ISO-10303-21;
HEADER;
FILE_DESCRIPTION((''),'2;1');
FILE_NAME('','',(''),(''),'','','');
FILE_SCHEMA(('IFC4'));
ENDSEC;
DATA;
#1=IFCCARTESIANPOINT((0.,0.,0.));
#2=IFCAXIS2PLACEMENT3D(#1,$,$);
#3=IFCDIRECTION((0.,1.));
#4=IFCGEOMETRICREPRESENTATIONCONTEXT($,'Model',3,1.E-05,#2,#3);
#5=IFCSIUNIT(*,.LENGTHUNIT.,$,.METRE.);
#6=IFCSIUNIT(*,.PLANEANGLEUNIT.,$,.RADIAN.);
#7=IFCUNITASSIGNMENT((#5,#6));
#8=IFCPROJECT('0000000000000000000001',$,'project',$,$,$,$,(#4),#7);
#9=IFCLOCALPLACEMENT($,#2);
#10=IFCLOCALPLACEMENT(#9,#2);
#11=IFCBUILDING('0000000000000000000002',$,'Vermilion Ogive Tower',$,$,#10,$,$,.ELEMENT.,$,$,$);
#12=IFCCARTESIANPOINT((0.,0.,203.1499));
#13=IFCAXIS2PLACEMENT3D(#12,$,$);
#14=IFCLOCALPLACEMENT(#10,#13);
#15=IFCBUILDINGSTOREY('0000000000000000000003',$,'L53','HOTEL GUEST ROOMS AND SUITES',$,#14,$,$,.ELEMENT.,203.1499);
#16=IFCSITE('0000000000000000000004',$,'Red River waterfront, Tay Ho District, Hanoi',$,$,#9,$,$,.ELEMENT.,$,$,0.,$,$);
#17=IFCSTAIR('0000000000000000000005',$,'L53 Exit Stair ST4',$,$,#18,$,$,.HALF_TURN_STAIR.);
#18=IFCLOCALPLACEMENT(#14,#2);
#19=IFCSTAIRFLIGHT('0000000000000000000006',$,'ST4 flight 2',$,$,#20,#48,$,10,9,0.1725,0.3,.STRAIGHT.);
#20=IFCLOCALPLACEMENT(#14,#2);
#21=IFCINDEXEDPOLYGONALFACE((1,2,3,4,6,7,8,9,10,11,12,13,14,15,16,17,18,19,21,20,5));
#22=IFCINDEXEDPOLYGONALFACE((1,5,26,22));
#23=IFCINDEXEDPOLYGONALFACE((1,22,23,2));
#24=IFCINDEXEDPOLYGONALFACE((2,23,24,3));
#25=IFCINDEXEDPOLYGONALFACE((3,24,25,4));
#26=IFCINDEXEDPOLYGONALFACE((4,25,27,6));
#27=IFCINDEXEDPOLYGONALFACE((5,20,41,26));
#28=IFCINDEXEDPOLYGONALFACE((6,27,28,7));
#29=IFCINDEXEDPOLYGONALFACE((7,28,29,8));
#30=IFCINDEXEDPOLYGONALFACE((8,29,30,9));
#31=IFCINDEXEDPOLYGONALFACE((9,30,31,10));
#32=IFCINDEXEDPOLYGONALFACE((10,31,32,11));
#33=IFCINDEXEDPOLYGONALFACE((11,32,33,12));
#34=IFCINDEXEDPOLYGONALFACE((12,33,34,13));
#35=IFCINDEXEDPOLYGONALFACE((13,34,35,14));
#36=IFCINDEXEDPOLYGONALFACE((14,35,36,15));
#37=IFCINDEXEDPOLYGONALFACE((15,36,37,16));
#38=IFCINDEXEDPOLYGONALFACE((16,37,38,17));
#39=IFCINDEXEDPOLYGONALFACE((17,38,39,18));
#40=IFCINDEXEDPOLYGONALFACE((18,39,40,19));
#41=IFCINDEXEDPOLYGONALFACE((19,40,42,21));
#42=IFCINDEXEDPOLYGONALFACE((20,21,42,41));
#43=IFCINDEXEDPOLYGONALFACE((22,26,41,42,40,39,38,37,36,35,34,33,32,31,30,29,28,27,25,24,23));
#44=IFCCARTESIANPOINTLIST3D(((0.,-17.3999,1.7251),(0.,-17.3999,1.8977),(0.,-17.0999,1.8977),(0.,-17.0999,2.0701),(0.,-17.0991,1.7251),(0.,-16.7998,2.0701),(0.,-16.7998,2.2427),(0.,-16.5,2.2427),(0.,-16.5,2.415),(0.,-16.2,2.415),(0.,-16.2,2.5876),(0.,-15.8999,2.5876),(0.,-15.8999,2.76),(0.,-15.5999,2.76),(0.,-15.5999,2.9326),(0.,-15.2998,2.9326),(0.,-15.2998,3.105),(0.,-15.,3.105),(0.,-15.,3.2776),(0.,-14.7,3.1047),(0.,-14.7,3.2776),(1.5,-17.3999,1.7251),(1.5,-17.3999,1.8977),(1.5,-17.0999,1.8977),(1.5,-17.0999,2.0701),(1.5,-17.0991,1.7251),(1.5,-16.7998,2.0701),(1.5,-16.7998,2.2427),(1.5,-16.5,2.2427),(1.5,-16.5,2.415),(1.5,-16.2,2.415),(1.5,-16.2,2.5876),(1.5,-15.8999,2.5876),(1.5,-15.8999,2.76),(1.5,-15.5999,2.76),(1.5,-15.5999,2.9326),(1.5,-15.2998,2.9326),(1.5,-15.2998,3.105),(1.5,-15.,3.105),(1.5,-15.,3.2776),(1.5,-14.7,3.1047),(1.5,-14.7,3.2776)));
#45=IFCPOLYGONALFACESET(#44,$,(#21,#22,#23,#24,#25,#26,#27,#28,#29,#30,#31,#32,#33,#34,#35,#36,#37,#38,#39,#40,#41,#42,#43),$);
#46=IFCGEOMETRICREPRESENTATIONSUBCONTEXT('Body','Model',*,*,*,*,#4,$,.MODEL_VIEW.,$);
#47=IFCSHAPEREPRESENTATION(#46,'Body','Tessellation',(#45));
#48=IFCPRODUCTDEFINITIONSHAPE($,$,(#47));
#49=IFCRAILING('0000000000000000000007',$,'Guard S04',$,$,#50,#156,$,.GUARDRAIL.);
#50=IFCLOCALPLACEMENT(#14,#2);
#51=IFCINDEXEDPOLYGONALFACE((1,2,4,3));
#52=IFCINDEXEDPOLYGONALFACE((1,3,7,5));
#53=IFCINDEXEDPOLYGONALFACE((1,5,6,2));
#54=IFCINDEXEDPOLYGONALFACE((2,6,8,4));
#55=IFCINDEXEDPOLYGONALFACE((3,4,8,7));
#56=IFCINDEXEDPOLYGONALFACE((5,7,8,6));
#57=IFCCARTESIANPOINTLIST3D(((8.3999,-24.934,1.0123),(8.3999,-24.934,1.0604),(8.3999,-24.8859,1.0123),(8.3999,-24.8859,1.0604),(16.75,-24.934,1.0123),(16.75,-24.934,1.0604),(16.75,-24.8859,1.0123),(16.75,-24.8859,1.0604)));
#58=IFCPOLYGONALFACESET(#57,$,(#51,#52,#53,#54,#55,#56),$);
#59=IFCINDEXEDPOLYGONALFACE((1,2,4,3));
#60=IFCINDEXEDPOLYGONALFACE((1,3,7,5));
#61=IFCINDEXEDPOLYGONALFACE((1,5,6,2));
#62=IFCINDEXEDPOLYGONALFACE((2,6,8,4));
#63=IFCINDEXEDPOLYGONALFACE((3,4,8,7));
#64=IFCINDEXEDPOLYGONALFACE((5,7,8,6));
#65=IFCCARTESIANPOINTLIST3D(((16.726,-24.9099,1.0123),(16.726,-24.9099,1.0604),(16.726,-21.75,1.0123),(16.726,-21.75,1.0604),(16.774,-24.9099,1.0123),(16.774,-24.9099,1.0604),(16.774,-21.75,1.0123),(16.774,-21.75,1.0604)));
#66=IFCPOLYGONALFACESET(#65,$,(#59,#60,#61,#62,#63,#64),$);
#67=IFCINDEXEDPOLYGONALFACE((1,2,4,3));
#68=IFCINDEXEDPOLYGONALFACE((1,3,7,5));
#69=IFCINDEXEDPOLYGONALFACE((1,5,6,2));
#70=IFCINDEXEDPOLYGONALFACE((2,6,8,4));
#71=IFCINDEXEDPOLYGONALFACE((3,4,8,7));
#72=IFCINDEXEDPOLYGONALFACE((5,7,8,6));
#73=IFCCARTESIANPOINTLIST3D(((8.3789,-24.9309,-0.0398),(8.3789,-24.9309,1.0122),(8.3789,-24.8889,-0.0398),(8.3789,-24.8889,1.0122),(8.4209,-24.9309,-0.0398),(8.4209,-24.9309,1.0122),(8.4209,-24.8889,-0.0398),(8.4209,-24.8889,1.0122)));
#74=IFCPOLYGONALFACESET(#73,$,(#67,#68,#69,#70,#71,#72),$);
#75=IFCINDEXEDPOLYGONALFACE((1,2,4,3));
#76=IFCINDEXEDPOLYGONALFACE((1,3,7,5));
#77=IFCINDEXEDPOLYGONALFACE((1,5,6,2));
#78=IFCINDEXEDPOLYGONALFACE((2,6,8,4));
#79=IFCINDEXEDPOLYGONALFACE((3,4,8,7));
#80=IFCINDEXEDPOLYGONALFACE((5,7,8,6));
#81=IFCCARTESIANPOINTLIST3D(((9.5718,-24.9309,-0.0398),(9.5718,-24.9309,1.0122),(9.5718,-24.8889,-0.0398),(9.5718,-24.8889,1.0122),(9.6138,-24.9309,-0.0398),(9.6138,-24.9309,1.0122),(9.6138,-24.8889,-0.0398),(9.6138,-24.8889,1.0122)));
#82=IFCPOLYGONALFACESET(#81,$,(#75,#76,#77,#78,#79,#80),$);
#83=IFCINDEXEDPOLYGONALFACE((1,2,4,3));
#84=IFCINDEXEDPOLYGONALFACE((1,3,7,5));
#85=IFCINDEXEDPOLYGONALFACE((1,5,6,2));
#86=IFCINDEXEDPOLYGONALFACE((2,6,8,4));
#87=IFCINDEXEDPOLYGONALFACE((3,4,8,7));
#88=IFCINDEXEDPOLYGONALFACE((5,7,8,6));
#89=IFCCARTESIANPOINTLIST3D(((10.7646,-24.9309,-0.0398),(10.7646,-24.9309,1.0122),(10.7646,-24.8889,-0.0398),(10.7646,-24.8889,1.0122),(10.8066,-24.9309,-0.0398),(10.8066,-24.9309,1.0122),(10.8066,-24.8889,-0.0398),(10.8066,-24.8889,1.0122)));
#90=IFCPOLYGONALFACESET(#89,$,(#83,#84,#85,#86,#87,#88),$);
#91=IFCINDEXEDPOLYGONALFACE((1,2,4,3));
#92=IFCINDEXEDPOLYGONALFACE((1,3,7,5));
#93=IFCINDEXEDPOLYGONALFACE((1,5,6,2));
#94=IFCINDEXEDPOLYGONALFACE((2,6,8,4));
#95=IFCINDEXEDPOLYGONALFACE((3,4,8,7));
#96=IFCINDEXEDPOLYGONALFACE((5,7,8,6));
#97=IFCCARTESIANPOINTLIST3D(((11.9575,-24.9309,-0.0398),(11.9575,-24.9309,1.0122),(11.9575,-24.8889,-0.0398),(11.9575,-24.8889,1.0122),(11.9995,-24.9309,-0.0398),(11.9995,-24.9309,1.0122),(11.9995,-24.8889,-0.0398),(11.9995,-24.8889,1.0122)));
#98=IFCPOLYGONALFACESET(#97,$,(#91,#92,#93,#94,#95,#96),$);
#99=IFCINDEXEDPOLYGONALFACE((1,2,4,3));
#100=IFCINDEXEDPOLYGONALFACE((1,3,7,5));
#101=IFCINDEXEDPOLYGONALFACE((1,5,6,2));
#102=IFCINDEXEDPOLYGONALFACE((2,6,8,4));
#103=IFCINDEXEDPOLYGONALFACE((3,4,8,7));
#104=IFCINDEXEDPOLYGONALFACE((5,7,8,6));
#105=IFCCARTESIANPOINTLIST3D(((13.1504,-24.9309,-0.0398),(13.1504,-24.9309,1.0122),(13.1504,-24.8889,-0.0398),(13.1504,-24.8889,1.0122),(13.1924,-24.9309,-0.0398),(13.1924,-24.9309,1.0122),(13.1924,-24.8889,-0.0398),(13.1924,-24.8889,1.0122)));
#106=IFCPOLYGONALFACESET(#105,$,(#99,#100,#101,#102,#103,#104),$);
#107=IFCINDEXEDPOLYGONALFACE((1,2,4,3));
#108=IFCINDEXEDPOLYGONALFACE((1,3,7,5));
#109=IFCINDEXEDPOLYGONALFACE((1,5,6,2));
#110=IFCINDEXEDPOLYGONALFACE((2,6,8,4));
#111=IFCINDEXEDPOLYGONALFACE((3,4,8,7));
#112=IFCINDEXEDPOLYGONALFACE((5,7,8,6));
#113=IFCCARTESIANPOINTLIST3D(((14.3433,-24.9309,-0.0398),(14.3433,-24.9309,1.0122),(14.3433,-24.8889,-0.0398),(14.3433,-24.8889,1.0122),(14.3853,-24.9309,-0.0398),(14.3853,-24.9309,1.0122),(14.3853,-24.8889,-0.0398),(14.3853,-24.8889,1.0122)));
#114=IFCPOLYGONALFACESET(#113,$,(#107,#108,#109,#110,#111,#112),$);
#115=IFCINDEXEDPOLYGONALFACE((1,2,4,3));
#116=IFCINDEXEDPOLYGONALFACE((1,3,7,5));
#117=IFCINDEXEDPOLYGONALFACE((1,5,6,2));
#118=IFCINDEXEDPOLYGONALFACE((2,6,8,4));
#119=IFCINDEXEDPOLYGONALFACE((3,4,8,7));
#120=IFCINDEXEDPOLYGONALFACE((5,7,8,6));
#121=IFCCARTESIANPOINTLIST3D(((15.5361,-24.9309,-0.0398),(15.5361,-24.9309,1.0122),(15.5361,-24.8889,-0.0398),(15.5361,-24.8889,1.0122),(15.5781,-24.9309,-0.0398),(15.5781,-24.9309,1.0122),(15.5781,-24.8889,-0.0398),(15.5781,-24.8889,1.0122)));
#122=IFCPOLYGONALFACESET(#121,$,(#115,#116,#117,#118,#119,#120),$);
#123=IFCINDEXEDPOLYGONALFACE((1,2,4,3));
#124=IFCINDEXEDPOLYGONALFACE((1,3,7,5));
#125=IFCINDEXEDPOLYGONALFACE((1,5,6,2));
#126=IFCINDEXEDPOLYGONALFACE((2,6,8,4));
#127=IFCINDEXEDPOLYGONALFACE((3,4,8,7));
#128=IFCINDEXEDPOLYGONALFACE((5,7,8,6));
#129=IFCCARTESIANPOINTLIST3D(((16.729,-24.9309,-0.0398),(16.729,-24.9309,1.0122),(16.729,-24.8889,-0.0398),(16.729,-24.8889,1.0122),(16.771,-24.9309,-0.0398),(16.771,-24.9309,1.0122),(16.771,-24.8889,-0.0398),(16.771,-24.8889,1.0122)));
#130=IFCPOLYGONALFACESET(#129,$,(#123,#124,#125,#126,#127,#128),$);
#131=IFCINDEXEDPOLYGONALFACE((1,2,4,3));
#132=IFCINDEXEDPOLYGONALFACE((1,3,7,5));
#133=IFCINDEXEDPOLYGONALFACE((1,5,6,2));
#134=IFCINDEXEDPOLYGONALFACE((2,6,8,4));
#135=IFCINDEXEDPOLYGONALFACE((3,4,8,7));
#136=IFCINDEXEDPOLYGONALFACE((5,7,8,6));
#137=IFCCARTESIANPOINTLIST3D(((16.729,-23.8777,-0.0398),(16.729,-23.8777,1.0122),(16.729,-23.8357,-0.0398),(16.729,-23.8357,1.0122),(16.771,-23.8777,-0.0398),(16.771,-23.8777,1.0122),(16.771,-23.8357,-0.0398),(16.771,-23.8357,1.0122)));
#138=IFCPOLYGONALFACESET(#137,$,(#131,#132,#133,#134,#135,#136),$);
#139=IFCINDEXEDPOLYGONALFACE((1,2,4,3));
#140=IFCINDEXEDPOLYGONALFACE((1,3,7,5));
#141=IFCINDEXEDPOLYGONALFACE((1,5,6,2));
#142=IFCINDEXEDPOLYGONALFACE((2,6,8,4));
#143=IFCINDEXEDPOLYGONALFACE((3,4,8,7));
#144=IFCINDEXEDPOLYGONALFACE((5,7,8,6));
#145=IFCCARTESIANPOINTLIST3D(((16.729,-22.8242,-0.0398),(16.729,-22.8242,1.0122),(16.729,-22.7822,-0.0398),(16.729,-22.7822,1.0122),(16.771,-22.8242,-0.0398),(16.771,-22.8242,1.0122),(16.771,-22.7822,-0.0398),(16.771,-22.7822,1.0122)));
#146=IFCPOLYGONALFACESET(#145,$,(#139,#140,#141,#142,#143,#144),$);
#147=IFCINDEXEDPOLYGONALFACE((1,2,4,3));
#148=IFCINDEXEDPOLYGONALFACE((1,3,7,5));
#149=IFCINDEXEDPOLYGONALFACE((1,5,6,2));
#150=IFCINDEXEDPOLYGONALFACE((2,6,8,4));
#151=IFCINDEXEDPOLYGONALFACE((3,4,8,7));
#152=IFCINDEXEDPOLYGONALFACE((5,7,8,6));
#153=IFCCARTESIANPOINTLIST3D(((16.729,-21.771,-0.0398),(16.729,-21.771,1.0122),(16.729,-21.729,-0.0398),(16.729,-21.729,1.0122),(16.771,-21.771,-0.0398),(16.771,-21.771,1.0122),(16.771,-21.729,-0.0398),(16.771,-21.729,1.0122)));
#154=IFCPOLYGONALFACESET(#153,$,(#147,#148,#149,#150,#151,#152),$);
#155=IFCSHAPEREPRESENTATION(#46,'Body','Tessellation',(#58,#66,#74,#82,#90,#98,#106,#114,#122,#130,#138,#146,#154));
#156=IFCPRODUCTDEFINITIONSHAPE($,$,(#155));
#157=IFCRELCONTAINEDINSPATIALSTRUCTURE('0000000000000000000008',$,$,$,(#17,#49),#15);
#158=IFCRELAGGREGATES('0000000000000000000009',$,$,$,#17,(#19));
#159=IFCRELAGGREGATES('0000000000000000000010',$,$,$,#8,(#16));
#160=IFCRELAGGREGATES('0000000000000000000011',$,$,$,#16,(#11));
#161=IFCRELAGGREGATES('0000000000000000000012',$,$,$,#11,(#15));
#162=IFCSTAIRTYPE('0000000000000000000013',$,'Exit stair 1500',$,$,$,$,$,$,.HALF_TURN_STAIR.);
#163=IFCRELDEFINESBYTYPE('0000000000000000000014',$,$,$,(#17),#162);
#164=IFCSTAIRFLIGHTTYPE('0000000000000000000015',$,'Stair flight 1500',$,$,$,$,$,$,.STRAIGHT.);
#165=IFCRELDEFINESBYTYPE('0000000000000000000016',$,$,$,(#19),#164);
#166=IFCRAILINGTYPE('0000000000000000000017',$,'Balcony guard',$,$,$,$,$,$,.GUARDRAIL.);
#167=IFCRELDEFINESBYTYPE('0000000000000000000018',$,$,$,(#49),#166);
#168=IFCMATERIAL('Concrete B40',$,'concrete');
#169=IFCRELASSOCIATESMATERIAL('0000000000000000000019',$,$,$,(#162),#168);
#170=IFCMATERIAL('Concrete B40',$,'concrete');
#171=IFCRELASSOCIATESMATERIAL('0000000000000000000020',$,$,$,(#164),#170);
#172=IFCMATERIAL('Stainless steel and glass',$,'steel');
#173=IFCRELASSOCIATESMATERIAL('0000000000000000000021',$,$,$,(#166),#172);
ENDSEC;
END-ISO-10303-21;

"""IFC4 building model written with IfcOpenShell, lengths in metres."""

from ifc_helpers import new_model, si_unit, direction, frame, origin, origin_2d, place, context, subcontext, project, spatial, polyline, rectangle, outline, extrude, material, type_object, element, aggregate, save


model = new_model("IFC4")

# Units and contexts
model_context = context("Model", 3, precision=1e-05, world=origin(), true_north=direction((0.0, 1.0)))
body_context = subcontext(model_context, "Body", "Model", "MODEL_VIEW")
ifc_project = project(units=[si_unit("LENGTHUNIT", "METRE"), si_unit("PLANEANGLEUNIT", "RADIAN")], contexts=[model_context])

# Site, building, storey
site_placement = place(None, origin())
site = spatial("IfcSite", under=ifc_project, at=site_placement, Name="Red River waterfront, Tay Ho District, Hanoi", CompositionType="ELEMENT", RefElevation=0.0)
building_placement = place(site_placement, origin())
building = spatial("IfcBuilding", under=site, at=building_placement, Name="Vermilion Ogive Tower", CompositionType="ELEMENT")
storey_placement = place(building_placement, frame((0.0, 0.0, 203.1499)))
storey = spatial("IfcBuildingStorey", under=building, at=storey_placement, Name="L53", Description="HOTEL GUEST ROOMS AND SUITES", CompositionType="ELEMENT", Elevation=203.1499)

# Stair, stair flight
ifc_material_1 = material(Name="Concrete B40", Category="concrete")
stair_type = type_object("IfcStairType", Name="Exit stair 1500", PredefinedType="HALF_TURN_STAIR", material=ifc_material_1)
stair_placement = place(storey_placement, origin())
stair = element("IfcStair", 1, at=stair_placement, inside=storey, type_object=stair_type, Name="L53 Exit Stair ST4", PredefinedType="HALF_TURN_STAIR")
ifc_material_2 = material(Name="Concrete B40", Category="concrete")
stair_flight_type = type_object("IfcStairFlightType", Name="Stair flight 1500", PredefinedType="STRAIGHT", material=ifc_material_2)
stair_flight_placement = place(storey_placement, frame((0.75, -17.3999, 1.7251), z_axis=(0.0, 0.0, 1.0), x_axis=(0.0, 1.0, 0.0)))
stair_flight = element("IfcStairFlight", 2, at=stair_flight_placement, type_object=stair_flight_type, Name="ST4 flight 2", NumberOfRisers=10, NumberOfTreads=9, PredefinedType="STRAIGHT", RiserHeight=0.1725, TreadLength=0.3, context=body_context, shape_type="SweptSolid", body=[
    extrude(outline(polyline([(0.0, 0.0), (0.0, 0.1726), (0.3, 0.1726), (0.3, 0.345), (0.6001, 0.345), (0.6001, 0.5176), (0.8999, 0.5176), (0.8999, 0.6899), (1.2, 0.6899), (1.2, 0.8625), (1.5, 0.8625), (1.5, 1.0349), (1.8, 1.0349), (1.8, 1.2075), (2.1001, 1.2075), (2.1001, 1.3799), (2.3999, 1.3799), (2.3999, 1.5525), (2.7, 1.5525), (2.7, 1.7251), (2.7, 1.3796), (0.3008, 0.0), (0.0, 0.0)])), frame((0.0, 0.75, 0.0), z_axis=(0.0, -1.0, 0.0), x_axis=(1.0, 0.0, 0.0)), (0.0, 0.0, 1.0), 1.5),
])
aggregate(stair, [stair_flight])

# Railing
ifc_material_3 = material(Name="Stainless steel and glass", Category="steel")
railing_type_1 = type_object("IfcRailingType", Name="Balcony guard", PredefinedType="GUARDRAIL", material=ifc_material_3)
railing_1_placement = place(storey_placement, frame((8.3999, -24.9099, -0.0398)))
element("IfcRailing", 3, at=railing_1_placement, inside=storey, type_object=railing_type_1, Name="Guard S04", PredefinedType="GUARDRAIL", context=body_context, shape_type="SweptSolid", body=[
    extrude(rectangle(XDim=0.0481, YDim=0.0481, at=origin_2d()), frame((0.0, 0.0, 1.0762), z_axis=(1.0, 0.0, 0.0), x_axis=(0.0, 1.0, 0.0)), (0.0, 0.0, 1.0), 8.3501),
    extrude(rectangle(XDim=0.0481, YDim=0.0481, at=origin_2d()), frame((8.3501, 0.0, 1.0762), z_axis=(0.0, 1.0, 0.0), x_axis=(-1.0, 0.0, 0.0)), (0.0, 0.0, 1.0), 3.1599),
    extrude(rectangle(XDim=0.042, YDim=0.042, at=origin_2d()), origin(), (0.0, 0.0, 1.0), 1.052),
    extrude(rectangle(XDim=0.042, YDim=0.042, at=origin_2d()), frame((1.1929, 0.0, 0.0)), (0.0, 0.0, 1.0), 1.052),
    extrude(rectangle(XDim=0.042, YDim=0.042, at=origin_2d()), frame((2.3857, 0.0, 0.0)), (0.0, 0.0, 1.0), 1.052),
    extrude(rectangle(XDim=0.042, YDim=0.042, at=origin_2d()), frame((3.5786, 0.0, 0.0)), (0.0, 0.0, 1.0), 1.052),
    extrude(rectangle(XDim=0.042, YDim=0.042, at=origin_2d()), frame((4.7715, 0.0, 0.0)), (0.0, 0.0, 1.0), 1.052),
    extrude(rectangle(XDim=0.042, YDim=0.042, at=origin_2d()), frame((5.9644, 0.0, 0.0)), (0.0, 0.0, 1.0), 1.052),
    extrude(rectangle(XDim=0.042, YDim=0.042, at=origin_2d()), frame((7.1572, 0.0, 0.0)), (0.0, 0.0, 1.0), 1.052),
    extrude(rectangle(XDim=0.042, YDim=0.042, at=origin_2d()), frame((8.3501, 0.0, 0.0)), (0.0, 0.0, 1.0), 1.052),
    extrude(rectangle(XDim=0.042, YDim=0.042, at=origin_2d()), frame((8.3501, 1.0532, 0.0)), (0.0, 0.0, 1.0), 1.052),
    extrude(rectangle(XDim=0.042, YDim=0.042, at=origin_2d()), frame((8.3501, 2.1067, 0.0)), (0.0, 0.0, 1.0), 1.052),
    extrude(rectangle(XDim=0.042, YDim=0.042, at=origin_2d()), frame((8.3501, 3.1599, 0.0)), (0.0, 0.0, 1.0), 1.052),
])

save(model, "model.ifc")
